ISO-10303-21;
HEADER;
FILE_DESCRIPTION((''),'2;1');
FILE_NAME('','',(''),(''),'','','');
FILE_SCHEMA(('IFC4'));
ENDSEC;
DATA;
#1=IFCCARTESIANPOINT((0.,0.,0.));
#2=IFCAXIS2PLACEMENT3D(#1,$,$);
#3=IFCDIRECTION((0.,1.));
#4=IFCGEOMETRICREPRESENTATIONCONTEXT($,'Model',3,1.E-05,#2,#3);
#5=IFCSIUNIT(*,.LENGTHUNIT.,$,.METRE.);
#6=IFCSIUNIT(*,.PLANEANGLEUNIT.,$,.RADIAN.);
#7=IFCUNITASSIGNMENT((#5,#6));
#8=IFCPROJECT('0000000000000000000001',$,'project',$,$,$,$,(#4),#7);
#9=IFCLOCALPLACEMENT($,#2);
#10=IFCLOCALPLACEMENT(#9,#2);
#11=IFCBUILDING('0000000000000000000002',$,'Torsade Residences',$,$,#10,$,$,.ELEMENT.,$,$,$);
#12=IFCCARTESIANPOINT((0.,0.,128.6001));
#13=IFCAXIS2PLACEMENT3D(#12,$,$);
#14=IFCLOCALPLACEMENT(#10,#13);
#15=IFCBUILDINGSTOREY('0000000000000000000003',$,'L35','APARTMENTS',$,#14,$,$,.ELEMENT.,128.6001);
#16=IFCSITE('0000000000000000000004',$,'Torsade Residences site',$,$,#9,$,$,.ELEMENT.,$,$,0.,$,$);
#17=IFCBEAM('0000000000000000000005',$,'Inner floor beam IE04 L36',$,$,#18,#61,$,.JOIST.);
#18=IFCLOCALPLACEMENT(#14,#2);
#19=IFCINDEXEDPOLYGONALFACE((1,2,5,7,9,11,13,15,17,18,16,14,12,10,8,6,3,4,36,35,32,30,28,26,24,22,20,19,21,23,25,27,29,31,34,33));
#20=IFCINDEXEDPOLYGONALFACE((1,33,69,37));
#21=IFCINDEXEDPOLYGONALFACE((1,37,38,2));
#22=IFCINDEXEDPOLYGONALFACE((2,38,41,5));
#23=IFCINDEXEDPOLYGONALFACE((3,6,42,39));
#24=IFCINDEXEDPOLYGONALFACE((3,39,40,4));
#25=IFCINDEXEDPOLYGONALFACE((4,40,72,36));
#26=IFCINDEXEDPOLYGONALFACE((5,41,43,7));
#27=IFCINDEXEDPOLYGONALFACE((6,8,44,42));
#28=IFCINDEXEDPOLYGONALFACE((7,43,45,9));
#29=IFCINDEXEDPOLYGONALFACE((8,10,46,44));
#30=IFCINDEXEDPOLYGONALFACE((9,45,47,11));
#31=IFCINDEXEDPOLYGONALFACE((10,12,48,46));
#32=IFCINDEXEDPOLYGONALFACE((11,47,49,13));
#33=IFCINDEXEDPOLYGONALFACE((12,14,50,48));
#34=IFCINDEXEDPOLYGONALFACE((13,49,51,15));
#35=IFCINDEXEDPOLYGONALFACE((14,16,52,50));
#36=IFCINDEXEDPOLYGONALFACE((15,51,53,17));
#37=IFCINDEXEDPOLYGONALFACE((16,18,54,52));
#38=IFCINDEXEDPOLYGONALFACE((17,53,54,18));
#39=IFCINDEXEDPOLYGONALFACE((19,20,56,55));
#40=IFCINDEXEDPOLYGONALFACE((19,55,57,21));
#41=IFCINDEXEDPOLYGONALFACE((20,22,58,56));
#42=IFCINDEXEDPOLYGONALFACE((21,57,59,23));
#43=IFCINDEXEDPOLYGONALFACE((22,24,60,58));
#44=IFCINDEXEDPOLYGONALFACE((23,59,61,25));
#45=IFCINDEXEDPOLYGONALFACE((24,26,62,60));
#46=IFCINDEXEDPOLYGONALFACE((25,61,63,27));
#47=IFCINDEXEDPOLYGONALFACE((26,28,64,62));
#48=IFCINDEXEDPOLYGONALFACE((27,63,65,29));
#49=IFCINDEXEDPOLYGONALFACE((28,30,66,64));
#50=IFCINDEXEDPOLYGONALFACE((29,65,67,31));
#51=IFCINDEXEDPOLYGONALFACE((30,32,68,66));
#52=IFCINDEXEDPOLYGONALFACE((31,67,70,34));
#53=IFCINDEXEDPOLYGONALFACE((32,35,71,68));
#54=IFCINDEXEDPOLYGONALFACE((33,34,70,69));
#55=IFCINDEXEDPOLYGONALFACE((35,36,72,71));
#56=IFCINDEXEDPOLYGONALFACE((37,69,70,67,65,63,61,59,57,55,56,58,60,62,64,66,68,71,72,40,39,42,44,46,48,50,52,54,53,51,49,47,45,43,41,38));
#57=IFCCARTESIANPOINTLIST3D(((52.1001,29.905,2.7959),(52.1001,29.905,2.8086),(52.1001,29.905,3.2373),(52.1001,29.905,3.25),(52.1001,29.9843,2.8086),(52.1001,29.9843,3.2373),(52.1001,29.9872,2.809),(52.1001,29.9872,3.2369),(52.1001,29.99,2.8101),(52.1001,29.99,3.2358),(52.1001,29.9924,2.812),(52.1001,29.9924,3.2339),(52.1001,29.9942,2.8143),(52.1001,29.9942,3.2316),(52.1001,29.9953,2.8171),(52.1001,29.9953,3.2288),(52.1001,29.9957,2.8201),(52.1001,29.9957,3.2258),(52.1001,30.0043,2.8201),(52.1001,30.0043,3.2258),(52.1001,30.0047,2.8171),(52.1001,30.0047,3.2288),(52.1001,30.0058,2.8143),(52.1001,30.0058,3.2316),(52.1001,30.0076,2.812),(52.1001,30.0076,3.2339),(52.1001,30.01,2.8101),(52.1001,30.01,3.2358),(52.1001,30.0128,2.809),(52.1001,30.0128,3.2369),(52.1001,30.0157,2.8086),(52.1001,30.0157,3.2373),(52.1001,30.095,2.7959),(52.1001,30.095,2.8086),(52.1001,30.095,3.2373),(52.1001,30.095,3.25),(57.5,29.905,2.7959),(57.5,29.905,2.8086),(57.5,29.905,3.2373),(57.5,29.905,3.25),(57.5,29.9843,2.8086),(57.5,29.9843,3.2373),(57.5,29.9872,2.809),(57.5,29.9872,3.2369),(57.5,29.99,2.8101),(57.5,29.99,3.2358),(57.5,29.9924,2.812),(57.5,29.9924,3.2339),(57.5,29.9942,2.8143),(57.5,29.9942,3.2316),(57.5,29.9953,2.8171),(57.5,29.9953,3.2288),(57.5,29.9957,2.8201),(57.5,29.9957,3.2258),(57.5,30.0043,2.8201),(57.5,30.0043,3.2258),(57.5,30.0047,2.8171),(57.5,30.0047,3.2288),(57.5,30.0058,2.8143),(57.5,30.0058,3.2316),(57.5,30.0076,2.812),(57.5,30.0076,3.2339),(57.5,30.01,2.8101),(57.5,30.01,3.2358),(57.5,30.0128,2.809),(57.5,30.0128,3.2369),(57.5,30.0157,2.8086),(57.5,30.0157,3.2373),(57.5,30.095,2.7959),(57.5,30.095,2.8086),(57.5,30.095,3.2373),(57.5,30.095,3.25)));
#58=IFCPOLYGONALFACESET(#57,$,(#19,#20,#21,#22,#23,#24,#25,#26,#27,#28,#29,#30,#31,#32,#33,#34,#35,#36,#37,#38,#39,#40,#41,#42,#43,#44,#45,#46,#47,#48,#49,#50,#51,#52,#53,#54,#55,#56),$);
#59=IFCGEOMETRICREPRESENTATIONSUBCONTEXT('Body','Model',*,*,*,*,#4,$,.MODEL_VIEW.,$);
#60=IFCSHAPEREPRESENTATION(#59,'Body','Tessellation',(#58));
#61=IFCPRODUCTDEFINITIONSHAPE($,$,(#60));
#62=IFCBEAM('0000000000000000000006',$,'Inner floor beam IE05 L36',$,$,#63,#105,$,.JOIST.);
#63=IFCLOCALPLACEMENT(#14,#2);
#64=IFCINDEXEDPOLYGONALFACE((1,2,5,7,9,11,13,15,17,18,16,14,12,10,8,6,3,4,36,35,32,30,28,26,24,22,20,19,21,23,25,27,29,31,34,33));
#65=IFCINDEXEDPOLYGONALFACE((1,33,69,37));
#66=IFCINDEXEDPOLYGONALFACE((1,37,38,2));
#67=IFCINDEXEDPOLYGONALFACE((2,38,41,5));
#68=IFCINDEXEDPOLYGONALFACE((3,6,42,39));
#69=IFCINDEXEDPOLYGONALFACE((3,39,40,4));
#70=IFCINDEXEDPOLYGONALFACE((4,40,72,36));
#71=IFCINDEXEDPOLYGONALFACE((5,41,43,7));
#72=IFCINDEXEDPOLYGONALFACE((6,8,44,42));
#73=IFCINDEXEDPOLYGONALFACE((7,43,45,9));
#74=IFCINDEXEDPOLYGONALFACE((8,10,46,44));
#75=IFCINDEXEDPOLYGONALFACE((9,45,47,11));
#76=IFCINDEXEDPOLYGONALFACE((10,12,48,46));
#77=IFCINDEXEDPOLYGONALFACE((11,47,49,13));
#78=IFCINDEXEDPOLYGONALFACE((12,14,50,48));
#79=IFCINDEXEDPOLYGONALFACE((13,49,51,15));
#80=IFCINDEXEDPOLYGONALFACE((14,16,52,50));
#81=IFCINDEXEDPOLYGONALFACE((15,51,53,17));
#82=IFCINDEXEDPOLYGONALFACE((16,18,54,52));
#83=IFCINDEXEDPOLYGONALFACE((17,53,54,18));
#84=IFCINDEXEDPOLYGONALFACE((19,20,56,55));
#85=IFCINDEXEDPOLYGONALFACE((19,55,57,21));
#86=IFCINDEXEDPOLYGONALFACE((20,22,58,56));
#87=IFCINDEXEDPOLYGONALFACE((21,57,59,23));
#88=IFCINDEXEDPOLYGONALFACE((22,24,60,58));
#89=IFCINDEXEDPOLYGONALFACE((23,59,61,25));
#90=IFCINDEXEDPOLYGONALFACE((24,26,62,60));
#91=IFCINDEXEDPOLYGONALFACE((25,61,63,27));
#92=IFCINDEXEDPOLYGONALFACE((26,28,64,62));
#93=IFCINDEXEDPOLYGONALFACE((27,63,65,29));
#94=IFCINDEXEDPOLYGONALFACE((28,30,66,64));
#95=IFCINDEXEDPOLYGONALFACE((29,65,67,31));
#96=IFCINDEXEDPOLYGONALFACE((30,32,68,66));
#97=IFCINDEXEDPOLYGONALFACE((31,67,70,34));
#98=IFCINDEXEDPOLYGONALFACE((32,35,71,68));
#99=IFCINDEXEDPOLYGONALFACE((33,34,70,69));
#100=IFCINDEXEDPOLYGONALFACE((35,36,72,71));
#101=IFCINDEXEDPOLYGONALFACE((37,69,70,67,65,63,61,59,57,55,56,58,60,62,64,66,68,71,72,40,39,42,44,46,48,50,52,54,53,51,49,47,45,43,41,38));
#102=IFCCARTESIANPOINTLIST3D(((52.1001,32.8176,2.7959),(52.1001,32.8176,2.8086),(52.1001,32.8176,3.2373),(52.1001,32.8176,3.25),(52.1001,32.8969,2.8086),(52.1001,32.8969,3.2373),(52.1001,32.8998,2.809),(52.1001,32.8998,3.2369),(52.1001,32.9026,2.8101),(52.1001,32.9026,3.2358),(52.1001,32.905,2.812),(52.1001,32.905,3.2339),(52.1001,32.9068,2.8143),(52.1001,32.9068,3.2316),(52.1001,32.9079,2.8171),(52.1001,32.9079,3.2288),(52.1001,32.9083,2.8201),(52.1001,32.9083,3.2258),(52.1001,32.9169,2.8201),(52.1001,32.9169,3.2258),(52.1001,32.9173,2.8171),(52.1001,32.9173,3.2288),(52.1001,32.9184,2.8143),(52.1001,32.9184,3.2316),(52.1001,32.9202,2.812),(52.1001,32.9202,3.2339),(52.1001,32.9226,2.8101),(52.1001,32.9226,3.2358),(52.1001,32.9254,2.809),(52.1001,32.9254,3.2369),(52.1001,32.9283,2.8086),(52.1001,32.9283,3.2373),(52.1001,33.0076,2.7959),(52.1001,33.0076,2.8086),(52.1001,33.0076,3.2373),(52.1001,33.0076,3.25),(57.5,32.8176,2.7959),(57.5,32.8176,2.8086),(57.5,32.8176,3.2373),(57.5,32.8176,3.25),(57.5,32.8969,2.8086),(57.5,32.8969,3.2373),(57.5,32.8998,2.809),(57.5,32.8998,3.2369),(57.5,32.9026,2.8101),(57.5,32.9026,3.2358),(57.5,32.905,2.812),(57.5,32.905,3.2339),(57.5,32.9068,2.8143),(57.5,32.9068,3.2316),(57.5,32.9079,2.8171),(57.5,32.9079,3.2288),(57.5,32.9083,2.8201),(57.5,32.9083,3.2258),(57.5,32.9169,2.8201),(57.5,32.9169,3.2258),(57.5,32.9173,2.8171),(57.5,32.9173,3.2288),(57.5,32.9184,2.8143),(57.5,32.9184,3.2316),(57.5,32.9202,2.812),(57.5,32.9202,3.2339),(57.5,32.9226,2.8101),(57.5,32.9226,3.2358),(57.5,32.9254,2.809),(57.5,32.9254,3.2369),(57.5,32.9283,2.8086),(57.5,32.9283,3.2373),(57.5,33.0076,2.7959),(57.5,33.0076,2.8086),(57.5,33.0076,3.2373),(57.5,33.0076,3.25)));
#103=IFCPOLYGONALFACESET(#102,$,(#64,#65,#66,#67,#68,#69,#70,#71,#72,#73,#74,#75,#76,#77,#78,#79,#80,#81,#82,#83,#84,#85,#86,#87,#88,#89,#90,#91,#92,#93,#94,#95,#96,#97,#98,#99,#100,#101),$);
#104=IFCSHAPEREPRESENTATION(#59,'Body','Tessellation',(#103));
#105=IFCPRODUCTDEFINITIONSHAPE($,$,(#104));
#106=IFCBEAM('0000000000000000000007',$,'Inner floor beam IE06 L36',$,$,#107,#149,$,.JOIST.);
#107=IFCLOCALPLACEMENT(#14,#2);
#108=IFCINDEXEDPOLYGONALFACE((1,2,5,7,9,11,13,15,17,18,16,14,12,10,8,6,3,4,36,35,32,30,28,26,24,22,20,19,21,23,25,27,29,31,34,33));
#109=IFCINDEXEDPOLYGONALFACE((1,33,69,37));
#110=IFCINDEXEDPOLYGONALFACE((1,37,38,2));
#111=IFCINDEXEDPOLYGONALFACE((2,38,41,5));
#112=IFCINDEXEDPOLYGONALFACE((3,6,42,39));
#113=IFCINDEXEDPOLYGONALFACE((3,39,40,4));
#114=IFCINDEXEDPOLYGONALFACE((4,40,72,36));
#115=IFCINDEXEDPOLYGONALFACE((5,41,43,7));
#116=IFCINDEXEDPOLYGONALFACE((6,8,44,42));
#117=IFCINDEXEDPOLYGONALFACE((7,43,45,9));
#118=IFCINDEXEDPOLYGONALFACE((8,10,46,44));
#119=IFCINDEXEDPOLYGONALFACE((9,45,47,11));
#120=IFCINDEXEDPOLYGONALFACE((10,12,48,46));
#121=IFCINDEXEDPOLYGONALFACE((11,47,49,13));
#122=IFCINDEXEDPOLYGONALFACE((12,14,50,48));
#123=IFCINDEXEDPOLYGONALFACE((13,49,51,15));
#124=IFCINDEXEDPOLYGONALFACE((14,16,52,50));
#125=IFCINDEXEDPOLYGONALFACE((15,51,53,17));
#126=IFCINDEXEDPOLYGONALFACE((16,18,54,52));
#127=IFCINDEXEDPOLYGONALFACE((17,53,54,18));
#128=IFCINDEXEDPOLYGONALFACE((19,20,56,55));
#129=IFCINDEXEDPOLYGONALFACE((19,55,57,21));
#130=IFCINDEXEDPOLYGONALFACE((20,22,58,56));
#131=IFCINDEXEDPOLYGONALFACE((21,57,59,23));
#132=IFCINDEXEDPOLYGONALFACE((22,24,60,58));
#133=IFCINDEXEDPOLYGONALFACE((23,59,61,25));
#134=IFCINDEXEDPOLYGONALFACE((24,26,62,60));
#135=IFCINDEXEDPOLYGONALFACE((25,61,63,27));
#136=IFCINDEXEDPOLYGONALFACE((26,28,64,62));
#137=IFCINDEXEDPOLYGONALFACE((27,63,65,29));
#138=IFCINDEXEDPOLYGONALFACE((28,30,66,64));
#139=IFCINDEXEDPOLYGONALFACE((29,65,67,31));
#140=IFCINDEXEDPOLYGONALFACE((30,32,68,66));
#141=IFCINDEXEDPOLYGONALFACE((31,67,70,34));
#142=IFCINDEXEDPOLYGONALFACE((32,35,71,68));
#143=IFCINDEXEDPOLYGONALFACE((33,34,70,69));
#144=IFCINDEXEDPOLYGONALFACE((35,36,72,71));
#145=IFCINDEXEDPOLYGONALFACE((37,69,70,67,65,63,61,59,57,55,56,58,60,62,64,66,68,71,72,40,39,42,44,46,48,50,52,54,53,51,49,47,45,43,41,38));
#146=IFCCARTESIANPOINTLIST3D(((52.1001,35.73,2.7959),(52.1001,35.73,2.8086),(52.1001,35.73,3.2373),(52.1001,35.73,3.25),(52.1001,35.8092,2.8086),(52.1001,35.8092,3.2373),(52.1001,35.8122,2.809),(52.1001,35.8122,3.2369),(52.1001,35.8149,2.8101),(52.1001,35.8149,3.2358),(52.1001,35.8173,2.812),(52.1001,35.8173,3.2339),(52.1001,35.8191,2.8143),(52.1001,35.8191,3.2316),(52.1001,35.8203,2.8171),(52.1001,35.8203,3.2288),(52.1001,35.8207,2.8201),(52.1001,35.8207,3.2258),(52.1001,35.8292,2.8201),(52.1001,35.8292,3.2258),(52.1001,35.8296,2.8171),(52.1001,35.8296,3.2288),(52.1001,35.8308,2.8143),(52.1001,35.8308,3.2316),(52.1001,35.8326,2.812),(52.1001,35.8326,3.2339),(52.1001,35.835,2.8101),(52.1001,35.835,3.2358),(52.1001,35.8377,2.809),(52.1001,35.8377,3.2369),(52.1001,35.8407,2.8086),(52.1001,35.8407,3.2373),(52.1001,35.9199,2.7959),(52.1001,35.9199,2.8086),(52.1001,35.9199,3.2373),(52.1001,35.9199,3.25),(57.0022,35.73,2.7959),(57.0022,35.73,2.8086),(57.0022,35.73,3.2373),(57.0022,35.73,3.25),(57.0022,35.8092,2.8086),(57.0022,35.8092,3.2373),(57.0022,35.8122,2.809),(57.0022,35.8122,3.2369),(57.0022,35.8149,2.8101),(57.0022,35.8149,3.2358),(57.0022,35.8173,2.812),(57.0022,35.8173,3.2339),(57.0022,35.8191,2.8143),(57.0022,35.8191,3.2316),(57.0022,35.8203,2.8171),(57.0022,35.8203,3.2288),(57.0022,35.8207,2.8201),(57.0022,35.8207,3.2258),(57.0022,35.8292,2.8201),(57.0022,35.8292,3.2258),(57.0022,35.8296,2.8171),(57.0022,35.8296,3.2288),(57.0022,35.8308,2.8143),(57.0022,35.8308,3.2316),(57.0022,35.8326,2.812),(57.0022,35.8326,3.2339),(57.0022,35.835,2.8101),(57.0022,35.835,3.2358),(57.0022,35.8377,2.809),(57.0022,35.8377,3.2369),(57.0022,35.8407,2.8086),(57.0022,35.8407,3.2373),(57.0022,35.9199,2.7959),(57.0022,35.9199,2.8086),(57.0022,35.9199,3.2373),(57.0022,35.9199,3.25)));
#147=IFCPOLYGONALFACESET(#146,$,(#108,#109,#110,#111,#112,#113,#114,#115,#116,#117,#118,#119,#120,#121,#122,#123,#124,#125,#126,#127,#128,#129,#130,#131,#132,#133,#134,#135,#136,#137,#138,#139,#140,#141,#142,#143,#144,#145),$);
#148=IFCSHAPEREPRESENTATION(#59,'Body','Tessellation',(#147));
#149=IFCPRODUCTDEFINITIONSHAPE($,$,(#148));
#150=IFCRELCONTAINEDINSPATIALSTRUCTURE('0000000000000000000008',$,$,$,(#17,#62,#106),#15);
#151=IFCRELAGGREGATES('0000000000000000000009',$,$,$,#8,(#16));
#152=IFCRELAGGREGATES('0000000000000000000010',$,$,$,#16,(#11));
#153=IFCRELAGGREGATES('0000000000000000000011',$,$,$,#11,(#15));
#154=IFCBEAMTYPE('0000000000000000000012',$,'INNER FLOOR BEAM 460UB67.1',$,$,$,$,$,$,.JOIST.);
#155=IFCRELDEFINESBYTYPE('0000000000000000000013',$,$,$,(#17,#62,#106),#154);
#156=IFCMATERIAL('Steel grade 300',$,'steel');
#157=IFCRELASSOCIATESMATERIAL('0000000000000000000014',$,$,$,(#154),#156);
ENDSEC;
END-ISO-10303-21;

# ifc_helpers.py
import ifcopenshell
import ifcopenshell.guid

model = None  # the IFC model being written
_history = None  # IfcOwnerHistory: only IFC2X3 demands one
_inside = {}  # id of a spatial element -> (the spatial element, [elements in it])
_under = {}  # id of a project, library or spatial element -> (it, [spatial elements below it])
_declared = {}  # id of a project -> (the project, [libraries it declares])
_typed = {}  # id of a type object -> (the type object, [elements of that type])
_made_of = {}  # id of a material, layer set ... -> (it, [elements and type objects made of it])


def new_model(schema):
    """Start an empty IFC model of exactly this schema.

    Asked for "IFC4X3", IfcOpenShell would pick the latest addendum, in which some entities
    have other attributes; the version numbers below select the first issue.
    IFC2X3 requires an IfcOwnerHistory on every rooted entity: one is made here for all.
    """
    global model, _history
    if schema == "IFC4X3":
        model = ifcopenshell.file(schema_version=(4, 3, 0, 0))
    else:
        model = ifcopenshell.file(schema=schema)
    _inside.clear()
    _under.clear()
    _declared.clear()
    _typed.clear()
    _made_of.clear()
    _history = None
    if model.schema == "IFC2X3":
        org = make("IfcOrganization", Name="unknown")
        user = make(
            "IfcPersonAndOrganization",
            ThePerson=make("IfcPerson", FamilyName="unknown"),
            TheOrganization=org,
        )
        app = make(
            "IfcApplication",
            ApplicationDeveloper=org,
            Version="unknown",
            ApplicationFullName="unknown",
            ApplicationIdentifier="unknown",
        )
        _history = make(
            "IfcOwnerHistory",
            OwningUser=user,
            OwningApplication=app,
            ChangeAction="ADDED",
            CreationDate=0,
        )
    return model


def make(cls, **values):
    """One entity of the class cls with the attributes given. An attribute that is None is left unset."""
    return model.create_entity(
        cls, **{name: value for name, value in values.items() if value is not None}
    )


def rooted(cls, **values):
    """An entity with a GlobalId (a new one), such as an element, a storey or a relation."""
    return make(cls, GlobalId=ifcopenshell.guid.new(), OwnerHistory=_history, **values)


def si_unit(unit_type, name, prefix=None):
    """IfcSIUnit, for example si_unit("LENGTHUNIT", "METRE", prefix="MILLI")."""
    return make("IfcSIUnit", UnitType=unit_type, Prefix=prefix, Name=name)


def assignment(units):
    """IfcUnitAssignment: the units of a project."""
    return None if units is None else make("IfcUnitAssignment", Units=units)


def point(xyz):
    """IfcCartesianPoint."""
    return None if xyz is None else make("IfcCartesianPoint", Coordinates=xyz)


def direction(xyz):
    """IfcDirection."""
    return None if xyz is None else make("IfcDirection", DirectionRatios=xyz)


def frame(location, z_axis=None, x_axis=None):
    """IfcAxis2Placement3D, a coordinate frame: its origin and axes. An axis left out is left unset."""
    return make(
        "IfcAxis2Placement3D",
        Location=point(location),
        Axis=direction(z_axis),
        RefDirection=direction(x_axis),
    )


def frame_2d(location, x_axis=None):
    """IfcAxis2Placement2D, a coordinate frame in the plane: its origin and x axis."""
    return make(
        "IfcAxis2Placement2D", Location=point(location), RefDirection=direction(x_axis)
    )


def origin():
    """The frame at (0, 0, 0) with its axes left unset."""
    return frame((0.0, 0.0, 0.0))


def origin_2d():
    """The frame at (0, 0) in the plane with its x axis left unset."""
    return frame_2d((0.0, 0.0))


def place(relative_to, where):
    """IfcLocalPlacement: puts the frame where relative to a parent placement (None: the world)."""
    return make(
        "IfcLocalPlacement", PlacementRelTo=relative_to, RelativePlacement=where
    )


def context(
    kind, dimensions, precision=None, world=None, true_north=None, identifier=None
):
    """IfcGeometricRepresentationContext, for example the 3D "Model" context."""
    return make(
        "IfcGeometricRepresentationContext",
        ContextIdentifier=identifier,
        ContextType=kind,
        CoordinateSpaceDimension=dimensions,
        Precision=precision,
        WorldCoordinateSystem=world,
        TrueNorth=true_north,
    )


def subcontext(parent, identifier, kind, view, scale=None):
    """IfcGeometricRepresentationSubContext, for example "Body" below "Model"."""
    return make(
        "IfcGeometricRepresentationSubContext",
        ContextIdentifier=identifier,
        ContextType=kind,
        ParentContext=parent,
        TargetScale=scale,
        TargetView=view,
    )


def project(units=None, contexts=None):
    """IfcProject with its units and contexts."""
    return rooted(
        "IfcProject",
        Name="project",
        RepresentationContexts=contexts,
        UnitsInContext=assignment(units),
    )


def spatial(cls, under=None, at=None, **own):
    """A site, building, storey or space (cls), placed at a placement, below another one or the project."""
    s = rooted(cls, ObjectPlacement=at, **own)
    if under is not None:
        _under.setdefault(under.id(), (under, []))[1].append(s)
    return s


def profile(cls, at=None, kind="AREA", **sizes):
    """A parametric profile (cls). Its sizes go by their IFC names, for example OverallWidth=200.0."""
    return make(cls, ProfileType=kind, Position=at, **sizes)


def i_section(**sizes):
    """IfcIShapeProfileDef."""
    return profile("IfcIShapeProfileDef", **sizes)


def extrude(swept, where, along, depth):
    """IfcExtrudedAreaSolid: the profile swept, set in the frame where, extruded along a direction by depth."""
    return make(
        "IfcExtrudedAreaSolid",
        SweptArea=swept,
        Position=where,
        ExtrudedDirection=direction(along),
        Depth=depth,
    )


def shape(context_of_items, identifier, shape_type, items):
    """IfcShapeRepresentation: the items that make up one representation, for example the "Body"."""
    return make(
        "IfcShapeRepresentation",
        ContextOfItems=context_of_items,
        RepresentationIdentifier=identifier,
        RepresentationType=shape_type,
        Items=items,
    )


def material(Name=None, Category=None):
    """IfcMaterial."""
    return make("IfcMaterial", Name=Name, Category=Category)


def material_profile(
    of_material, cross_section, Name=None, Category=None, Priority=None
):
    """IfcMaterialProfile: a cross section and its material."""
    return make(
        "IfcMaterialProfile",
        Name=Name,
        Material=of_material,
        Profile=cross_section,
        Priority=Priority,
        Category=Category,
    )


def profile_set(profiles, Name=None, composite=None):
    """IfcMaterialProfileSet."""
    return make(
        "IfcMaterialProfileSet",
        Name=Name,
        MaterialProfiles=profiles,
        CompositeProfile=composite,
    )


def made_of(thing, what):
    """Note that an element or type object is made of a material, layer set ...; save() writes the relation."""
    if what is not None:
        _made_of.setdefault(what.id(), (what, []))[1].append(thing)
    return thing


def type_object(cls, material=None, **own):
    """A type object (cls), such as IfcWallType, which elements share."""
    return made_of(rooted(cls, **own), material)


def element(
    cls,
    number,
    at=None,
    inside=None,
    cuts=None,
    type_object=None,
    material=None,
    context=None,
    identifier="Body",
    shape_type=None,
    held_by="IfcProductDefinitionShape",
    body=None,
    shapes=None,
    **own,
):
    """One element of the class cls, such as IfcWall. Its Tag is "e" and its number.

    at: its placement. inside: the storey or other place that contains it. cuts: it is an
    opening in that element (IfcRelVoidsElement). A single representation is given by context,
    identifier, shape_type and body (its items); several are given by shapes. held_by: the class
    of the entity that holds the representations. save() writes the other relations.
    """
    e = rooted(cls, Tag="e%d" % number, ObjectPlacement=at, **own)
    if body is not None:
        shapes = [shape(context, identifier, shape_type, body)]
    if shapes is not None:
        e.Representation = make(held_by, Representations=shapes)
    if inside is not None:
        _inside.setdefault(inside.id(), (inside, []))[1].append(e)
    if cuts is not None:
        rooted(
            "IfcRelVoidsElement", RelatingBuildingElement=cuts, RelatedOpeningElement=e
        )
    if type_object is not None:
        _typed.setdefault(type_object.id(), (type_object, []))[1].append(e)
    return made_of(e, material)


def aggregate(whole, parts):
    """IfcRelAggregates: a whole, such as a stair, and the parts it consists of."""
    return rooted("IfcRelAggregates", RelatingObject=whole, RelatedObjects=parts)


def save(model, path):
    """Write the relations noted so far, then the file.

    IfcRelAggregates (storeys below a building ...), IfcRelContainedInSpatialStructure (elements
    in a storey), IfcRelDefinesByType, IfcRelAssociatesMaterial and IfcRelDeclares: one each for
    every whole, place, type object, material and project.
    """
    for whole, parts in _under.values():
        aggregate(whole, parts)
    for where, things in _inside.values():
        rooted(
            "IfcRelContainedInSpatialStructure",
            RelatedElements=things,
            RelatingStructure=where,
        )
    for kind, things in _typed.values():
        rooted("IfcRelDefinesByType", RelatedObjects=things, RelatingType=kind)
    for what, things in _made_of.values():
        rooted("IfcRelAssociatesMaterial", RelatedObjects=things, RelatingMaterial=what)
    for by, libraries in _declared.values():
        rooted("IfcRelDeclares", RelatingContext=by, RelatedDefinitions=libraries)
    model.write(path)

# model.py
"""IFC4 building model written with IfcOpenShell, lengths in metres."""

from ifc_helpers import new_model, si_unit, direction, frame, origin, origin_2d, place, context, subcontext, project, spatial, i_section, extrude, material, material_profile, profile_set, type_object, element, save


model = new_model("IFC4")

# Units and contexts
model_context = context("Model", 3, precision=1e-05, world=origin(), true_north=direction((0.0, 1.0)))
body_context = subcontext(model_context, "Body", "Model", "MODEL_VIEW")
ifc_project = project(units=[si_unit("LENGTHUNIT", "METRE"), si_unit("PLANEANGLEUNIT", "RADIAN")], contexts=[model_context])

# Site, building, storey
site_placement = place(None, origin())
site = spatial("IfcSite", under=ifc_project, at=site_placement, Name="Torsade Residences site", CompositionType="ELEMENT", RefElevation=0.0)
building_placement = place(site_placement, origin())
building = spatial("IfcBuilding", under=site, at=building_placement, Name="Torsade Residences", CompositionType="ELEMENT")
storey_placement = place(building_placement, frame((0.0, 0.0, 128.6001)))
storey = spatial("IfcBuildingStorey", under=building, at=storey_placement, Name="L35", Description="APARTMENTS", CompositionType="ELEMENT", Elevation=128.6001)

# Beams
ifc_material_1 = material(Name="Steel grade 300", Category="steel")
ifc_material_profile = material_profile(ifc_material_1, i_section(OverallWidth=0.1899, OverallDepth=0.4541, WebThickness=0.0085, FlangeThickness=0.0127, FilletRadius=0.0115, at=origin_2d()), Name="460UB67.1")
ifc_profile_set = profile_set([ifc_material_profile], Name="Steel grade 300")
beam_type = type_object("IfcBeamType", Name="INNER FLOOR BEAM 460UB67.1", PredefinedType="JOIST", material=ifc_profile_set)
for number, where, z_axis, x_axis, name in (
    (1, (52.1001, 30.0, 3.0229), (1.0, 0.0, 0.0), (0.0, 1.0, 0.0), "Inner floor beam IE04 L36"),
    (2, (52.1001, 32.9126, 3.0229), (1.0, 0.0, 0.0), (0.0, 1.0, 0.0), "Inner floor beam IE05 L36"),
):
    element("IfcBeam", number, at=place(storey_placement, frame(where, z_axis=z_axis, x_axis=x_axis)), inside=storey, type_object=beam_type, Name=name, PredefinedType="JOIST", context=body_context, shape_type="SweptSolid", body=[
        extrude(i_section(OverallWidth=0.1899, OverallDepth=0.4541, WebThickness=0.0085, FlangeThickness=0.0127, FilletRadius=0.0115, at=origin_2d()), origin(), (0.0, 0.0, 1.0), 5.3999),
    ])
beam_placement = place(storey_placement, frame((52.1001, 35.825, 3.0229), z_axis=(1.0, 0.0, 0.0), x_axis=(0.0, 1.0, 0.0)))
element("IfcBeam", 3, at=beam_placement, inside=storey, type_object=beam_type, Name="Inner floor beam IE06 L36", PredefinedType="JOIST", context=body_context, shape_type="SweptSolid", body=[
    extrude(i_section(OverallWidth=0.1899, OverallDepth=0.4541, WebThickness=0.0085, FlangeThickness=0.0127, FilletRadius=0.0115, at=origin_2d()), origin(), (0.0, 0.0, 1.0), 4.9021),
])

save(model, "model.ifc")
